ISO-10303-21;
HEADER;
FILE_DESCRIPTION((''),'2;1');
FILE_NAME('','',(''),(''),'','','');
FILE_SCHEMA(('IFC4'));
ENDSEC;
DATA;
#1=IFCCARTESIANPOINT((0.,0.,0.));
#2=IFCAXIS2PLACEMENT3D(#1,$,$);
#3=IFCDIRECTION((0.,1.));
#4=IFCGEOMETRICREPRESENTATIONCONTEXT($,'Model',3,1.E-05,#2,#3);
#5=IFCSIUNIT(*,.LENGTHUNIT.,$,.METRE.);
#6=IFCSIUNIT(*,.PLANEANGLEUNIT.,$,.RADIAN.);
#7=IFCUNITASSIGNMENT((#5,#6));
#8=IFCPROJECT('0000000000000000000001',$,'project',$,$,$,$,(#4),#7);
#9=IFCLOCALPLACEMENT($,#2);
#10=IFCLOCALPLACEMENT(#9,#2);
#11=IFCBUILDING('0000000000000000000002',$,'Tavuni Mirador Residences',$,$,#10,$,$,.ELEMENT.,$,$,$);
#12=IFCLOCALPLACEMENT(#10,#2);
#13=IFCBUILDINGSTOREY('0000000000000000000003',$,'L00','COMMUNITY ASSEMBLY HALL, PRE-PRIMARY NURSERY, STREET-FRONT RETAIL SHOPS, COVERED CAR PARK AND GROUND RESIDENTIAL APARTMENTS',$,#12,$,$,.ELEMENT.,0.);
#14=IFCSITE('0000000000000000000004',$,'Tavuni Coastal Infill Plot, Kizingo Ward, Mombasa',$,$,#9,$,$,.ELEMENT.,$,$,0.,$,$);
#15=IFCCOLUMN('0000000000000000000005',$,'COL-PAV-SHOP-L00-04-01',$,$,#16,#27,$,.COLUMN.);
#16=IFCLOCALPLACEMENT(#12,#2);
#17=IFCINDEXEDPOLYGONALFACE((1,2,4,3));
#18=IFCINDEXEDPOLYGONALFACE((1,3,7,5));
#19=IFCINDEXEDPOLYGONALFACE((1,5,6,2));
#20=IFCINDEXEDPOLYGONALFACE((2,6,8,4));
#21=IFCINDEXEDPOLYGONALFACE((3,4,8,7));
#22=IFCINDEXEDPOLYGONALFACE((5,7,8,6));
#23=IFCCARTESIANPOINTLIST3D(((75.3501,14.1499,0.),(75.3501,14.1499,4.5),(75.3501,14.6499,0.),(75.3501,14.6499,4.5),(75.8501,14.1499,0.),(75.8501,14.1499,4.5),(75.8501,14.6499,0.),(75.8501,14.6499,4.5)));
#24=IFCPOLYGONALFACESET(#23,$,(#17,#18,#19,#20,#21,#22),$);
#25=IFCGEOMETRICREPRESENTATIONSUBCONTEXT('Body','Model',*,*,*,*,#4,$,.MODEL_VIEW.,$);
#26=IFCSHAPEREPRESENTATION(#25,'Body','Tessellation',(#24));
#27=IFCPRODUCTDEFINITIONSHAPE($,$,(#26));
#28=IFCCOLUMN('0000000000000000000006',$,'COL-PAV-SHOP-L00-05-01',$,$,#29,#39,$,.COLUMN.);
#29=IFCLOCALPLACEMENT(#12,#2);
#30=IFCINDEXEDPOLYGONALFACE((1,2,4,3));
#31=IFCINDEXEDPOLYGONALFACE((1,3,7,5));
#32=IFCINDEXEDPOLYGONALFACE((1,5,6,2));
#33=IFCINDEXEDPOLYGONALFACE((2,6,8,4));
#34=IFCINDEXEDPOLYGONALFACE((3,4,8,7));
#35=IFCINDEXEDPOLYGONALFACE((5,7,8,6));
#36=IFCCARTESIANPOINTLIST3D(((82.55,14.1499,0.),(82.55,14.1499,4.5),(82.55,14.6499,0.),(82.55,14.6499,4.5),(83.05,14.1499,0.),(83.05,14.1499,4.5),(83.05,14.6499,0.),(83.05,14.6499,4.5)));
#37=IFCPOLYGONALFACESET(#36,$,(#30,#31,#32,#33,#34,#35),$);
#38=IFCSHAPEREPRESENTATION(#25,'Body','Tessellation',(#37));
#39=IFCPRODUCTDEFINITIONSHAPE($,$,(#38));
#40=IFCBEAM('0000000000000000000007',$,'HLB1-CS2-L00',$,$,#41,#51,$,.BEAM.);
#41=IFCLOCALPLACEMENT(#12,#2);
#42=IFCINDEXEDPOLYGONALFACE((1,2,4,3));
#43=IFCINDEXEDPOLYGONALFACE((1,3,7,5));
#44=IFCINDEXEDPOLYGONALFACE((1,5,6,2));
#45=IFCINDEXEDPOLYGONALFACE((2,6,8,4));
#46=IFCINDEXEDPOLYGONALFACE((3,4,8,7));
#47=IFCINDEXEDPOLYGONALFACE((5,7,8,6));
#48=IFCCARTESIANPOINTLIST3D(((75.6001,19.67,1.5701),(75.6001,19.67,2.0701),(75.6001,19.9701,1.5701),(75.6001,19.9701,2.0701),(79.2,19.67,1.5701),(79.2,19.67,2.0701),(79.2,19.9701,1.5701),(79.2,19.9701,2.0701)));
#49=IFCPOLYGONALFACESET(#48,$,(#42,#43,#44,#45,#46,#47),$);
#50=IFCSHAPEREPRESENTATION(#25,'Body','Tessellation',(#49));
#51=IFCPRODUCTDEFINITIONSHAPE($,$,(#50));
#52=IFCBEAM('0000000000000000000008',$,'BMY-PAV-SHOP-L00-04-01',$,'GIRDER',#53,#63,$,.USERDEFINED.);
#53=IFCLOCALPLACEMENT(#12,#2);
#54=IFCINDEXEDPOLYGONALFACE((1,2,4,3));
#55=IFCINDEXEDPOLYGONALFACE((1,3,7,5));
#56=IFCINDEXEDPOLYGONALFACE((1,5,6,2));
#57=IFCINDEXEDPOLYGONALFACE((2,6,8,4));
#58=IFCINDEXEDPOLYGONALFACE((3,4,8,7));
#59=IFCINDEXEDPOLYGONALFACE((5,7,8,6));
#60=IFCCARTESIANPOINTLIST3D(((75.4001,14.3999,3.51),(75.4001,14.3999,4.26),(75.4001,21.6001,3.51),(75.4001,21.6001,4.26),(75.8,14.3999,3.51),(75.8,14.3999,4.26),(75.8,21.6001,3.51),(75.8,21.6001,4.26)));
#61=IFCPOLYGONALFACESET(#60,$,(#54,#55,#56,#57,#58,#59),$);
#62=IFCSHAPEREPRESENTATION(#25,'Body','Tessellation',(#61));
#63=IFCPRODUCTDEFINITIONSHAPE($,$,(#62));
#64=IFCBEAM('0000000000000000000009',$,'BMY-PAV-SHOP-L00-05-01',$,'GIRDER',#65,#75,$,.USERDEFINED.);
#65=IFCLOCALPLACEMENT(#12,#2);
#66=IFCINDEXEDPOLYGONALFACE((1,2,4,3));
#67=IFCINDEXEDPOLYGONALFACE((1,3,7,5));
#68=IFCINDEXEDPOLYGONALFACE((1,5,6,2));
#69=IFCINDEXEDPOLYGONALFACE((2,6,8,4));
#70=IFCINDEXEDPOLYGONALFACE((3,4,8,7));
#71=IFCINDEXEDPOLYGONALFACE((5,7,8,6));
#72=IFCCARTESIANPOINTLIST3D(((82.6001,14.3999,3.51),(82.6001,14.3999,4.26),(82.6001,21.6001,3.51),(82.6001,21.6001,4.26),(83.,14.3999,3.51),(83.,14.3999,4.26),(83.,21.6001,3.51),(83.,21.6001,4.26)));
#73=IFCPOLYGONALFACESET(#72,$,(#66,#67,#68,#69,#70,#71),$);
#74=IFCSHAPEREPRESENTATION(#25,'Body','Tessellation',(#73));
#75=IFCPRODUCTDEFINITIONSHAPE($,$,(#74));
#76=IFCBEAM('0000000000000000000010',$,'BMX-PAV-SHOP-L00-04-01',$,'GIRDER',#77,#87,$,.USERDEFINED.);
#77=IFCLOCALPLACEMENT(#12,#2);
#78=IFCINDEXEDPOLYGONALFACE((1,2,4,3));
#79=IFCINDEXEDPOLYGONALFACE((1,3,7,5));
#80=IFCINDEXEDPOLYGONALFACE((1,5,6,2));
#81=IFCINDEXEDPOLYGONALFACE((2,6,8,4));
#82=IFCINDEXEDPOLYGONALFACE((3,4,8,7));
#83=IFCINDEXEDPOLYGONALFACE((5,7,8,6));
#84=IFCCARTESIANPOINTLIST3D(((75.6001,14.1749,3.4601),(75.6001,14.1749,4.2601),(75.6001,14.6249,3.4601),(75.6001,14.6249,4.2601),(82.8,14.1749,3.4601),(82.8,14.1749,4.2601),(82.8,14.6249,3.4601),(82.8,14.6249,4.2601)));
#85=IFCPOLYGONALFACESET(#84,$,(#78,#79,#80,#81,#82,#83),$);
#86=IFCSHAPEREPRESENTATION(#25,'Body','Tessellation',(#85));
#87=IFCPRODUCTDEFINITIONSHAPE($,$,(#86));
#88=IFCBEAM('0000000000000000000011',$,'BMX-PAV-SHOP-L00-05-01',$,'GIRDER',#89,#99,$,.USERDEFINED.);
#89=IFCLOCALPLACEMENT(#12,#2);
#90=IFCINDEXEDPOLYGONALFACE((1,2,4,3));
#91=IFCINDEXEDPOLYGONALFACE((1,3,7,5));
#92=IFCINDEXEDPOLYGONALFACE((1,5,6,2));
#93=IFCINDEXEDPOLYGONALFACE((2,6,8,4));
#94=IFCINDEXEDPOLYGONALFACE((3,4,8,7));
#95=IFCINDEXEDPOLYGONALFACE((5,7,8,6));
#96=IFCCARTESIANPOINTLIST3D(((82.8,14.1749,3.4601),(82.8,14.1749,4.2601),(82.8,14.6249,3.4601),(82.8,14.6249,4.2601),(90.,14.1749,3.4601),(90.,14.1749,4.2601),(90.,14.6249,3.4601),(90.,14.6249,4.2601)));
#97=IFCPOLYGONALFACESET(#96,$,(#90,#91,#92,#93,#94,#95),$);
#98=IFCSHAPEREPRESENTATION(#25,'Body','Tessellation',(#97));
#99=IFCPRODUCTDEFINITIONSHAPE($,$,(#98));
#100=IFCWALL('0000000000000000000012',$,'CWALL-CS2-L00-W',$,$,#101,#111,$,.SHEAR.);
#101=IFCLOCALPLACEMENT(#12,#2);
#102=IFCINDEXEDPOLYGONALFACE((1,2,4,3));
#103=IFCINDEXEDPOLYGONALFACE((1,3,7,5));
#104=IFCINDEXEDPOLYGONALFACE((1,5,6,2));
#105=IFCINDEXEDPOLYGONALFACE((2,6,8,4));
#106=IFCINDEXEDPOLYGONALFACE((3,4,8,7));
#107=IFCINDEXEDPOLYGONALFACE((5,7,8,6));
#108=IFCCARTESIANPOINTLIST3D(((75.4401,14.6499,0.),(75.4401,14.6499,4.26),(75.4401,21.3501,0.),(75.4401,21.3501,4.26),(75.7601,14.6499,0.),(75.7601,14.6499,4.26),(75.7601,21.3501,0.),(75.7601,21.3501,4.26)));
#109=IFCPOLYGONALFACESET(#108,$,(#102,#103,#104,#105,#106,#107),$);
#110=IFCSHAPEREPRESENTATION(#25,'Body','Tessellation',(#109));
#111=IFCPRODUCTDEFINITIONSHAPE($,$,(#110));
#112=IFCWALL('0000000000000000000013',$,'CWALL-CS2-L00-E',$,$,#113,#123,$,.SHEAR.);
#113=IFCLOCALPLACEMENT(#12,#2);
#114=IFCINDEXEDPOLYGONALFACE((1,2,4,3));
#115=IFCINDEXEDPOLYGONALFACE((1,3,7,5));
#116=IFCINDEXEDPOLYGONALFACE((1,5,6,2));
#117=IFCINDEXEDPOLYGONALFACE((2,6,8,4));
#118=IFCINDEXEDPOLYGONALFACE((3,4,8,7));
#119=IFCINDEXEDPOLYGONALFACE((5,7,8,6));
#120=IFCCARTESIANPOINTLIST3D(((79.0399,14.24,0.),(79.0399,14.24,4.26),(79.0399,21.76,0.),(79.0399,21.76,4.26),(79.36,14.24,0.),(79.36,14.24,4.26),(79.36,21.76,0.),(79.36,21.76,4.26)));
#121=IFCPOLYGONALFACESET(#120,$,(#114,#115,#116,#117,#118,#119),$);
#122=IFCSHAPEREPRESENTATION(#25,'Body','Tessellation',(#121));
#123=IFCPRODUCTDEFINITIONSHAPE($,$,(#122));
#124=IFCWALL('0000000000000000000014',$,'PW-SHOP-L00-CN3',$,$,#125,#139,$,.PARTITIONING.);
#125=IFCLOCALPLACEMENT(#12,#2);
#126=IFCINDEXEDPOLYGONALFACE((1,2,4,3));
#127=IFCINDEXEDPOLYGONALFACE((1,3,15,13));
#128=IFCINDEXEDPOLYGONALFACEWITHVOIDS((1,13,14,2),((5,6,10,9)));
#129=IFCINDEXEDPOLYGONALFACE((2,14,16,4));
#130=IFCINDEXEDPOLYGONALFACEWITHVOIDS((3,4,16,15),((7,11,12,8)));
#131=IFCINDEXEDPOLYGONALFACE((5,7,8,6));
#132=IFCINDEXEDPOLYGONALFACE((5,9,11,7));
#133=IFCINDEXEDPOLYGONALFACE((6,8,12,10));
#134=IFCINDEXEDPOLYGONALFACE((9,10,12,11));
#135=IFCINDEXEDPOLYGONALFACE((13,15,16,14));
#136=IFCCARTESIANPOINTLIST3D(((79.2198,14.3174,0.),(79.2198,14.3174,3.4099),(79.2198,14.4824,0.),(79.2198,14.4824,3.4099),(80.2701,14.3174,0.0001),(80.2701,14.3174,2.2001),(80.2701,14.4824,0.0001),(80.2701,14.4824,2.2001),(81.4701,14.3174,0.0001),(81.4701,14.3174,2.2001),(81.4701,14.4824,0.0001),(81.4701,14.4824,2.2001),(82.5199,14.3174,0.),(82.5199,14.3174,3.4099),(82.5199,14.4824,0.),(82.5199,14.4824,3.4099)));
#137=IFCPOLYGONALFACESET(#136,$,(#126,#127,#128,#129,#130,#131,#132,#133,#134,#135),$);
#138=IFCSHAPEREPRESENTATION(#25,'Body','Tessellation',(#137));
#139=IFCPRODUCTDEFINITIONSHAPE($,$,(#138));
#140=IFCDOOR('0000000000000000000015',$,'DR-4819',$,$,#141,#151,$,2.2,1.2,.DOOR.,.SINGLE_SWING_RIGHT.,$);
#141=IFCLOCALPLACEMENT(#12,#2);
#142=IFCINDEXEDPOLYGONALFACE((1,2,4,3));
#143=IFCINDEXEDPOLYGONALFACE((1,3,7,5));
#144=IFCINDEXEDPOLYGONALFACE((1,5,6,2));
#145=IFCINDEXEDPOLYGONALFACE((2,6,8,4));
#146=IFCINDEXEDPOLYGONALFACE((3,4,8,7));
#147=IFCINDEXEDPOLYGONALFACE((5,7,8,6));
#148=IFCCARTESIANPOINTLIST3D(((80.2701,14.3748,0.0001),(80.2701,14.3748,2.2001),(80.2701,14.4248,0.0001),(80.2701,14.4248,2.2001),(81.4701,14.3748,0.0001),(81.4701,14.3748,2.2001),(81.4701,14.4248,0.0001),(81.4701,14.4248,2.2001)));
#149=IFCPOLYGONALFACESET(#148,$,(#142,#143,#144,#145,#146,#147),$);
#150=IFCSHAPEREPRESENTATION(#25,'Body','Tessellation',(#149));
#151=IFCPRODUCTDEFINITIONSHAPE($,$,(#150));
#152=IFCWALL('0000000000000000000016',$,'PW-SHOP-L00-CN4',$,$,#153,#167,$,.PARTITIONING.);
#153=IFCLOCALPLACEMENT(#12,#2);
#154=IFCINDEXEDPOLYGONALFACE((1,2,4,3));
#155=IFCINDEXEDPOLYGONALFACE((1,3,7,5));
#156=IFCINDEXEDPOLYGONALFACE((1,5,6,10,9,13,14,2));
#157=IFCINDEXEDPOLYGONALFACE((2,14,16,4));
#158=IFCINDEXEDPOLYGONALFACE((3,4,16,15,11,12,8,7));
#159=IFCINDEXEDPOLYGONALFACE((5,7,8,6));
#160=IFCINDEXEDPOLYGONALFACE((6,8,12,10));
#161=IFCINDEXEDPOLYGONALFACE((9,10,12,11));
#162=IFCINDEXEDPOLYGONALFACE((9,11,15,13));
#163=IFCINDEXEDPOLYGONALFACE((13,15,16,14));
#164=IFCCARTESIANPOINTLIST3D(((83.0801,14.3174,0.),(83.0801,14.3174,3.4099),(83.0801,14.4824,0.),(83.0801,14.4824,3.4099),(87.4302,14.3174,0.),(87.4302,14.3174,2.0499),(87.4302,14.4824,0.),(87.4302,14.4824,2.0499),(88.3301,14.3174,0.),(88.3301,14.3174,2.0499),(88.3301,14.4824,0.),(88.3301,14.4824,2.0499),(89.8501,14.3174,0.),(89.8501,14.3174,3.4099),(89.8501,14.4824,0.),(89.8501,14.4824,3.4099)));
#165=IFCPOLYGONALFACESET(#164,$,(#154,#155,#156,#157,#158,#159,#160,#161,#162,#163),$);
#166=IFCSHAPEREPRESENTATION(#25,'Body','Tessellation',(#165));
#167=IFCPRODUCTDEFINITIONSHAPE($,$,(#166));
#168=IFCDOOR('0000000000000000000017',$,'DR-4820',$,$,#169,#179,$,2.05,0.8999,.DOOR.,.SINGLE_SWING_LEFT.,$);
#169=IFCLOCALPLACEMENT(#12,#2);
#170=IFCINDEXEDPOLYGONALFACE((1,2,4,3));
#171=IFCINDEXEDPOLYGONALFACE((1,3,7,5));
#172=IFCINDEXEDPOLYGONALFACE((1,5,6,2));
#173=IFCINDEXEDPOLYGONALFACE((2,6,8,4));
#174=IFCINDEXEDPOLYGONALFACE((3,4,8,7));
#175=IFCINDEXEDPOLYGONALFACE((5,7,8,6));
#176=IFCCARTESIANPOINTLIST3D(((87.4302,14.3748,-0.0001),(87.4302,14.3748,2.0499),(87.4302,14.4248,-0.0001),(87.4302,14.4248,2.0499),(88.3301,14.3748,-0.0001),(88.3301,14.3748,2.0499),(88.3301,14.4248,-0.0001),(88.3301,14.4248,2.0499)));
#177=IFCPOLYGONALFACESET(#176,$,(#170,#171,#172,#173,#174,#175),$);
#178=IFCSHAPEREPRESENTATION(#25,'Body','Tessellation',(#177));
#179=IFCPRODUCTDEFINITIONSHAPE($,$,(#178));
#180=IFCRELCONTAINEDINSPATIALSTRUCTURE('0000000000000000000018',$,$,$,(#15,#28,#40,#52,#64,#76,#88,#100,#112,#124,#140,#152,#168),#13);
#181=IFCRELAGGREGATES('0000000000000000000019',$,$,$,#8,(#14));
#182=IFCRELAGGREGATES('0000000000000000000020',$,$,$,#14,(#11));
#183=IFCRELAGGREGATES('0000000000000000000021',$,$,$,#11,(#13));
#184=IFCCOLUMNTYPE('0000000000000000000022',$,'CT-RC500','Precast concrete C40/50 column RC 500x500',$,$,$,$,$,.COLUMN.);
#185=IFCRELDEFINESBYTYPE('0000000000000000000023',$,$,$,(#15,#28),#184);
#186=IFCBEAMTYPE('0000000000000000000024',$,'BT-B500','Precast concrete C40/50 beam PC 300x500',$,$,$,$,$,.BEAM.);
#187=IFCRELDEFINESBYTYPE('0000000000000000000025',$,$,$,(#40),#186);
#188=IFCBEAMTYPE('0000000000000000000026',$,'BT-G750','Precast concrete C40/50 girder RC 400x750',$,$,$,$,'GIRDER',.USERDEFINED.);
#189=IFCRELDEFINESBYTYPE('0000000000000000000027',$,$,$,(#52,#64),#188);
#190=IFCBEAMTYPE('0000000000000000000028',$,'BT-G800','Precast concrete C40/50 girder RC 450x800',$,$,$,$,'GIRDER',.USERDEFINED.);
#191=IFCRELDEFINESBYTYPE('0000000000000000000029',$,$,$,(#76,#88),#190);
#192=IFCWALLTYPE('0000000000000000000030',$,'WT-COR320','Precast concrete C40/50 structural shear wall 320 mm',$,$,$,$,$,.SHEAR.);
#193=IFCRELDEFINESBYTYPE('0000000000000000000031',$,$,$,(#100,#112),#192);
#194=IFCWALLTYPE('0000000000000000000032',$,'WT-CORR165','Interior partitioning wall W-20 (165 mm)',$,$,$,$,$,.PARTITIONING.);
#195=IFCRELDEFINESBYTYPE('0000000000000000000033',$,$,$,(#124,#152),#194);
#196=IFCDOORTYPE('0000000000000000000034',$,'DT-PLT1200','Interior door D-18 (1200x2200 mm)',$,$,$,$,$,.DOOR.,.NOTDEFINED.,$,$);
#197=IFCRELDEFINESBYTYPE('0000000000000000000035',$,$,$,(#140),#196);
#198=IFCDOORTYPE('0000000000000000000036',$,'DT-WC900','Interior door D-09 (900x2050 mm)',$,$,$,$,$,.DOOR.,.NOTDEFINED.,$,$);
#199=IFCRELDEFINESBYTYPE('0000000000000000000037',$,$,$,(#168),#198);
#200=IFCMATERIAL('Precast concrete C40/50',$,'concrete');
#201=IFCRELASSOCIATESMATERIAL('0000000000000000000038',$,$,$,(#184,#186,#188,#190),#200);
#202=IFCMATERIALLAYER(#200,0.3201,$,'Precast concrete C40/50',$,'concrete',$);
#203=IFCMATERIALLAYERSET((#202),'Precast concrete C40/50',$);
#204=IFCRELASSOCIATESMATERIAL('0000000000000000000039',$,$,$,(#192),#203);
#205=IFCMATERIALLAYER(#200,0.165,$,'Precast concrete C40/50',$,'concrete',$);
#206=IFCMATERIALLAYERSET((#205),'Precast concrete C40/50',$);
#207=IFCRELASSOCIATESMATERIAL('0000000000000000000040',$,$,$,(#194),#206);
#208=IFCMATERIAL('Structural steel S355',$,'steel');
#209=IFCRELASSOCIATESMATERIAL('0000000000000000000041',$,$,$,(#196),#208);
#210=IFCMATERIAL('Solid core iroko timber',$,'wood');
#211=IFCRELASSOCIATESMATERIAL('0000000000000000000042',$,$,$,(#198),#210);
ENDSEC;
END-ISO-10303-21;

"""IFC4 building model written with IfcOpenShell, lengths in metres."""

from ifc_helpers import new_model, si_unit, direction, frame, frame_2d, origin, origin_2d, place, context, subcontext, project, spatial, rectangle, extrude, material, layer, layer_set, material_profile, profile_set, type_object, element, fill, save


model = new_model("IFC4")

# Units and contexts
model_context = context("Model", 3, precision=1e-05, world=origin(), true_north=direction((0.0, 1.0)))
body_context = subcontext(model_context, "Body", "Model", "MODEL_VIEW")
ifc_project = project(units=[si_unit("LENGTHUNIT", "METRE"), si_unit("PLANEANGLEUNIT", "RADIAN")], contexts=[model_context])

# Site, building, storey
site_placement = place(None, origin())
site = spatial("IfcSite", under=ifc_project, at=site_placement, Name="Tavuni Coastal Infill Plot, Kizingo Ward, Mombasa", CompositionType="ELEMENT", RefElevation=0.0)
building_placement = place(site_placement, origin())
building = spatial("IfcBuilding", under=site, at=building_placement, Name="Tavuni Mirador Residences", CompositionType="ELEMENT")
storey_placement = place(building_placement, origin())
storey = spatial("IfcBuildingStorey", under=building, at=storey_placement, Name="L00", Description="COMMUNITY ASSEMBLY HALL, PRE-PRIMARY NURSERY, STREET-FRONT RETAIL SHOPS, COVERED CAR PARK AND GROUND RESIDENTIAL APARTMENTS", CompositionType="ELEMENT", Elevation=0.0)

# Columns
ifc_material_1 = material(Name="Precast concrete C40/50", Category="concrete")
ifc_material_profile_1 = material_profile(ifc_material_1, rectangle(XDim=0.5, YDim=0.5, at=origin_2d()), Name="RC 500x500", Category="concrete")
ifc_profile_set_1 = profile_set([ifc_material_profile_1], Name="Precast concrete C40/50")
column_type = type_object("IfcColumnType", Name="CT-RC500", Description="Precast concrete C40/50 column RC 500x500", PredefinedType="COLUMN", material=ifc_profile_set_1)
for number, where, z_axis, x_axis, name in (
    (1, (75.6001, 14.3999, 0.0), (0.0, 0.0, 1.0), (1.0, 0.0, 0.0), "COL-PAV-SHOP-L00-04-01"),
    (2, (82.8, 14.3999, 0.0), (0.0, 0.0, 1.0), (1.0, 0.0, 0.0), "COL-PAV-SHOP-L00-05-01"),
):
    element("IfcColumn", number, at=place(storey_placement, frame(where, z_axis=z_axis, x_axis=x_axis)), inside=storey, type_object=column_type, Name=name, PredefinedType="COLUMN", context=body_context, shape_type="SweptSolid", body=[
        extrude(rectangle(XDim=0.5, YDim=0.5, at=origin_2d()), origin(), (0.0, 0.0, 1.0), 4.5),
    ])

# Beams
ifc_material_profile_2 = material_profile(ifc_material_1, rectangle(XDim=0.3, YDim=0.5, at=origin_2d()), Name="PC 300x500", Category="concrete")
ifc_profile_set_2 = profile_set([ifc_material_profile_2], Name="Precast concrete C40/50")
beam_type_1 = type_object("IfcBeamType", Name="BT-B500", Description="Precast concrete C40/50 beam PC 300x500", PredefinedType="BEAM", material=ifc_profile_set_2)
beam_placement = place(storey_placement, frame((75.6001, 19.8201, 1.8201), z_axis=(1.0, 0.0, 0.0), x_axis=(0.0, 1.0, 0.0)))
element("IfcBeam", 3, at=beam_placement, inside=storey, type_object=beam_type_1, Name="HLB1-CS2-L00", PredefinedType="BEAM", context=body_context, shape_type="SweptSolid", body=[
    extrude(rectangle(XDim=0.3, YDim=0.5, at=origin_2d()), origin(), (0.0, 0.0, 1.0), 3.5999),
])
ifc_material_profile_3 = material_profile(ifc_material_1, rectangle(XDim=0.3999, YDim=0.75, at=origin_2d()), Name="RC 400x750", Category="concrete")
ifc_profile_set_3 = profile_set([ifc_material_profile_3], Name="Precast concrete C40/50")
beam_type_2 = type_object("IfcBeamType", Name="BT-G750", Description="Precast concrete C40/50 girder RC 400x750", ElementType="GIRDER", PredefinedType="USERDEFINED", material=ifc_profile_set_3)
for number, where, z_axis, x_axis, name in (
    (4, (75.6001, 14.3999, 3.885), (0.0, 1.0, 0.0), (-1.0, 0.0, 0.0), "BMY-PAV-SHOP-L00-04-01"),
    (5, (82.8, 14.3999, 3.885), (0.0, 1.0, 0.0), (-1.0, 0.0, 0.0), "BMY-PAV-SHOP-L00-05-01"),
):
    element("IfcBeam", number, at=place(storey_placement, frame(where, z_axis=z_axis, x_axis=x_axis)), inside=storey, type_object=beam_type_2, Name=name, ObjectType="GIRDER", PredefinedType="USERDEFINED", context=body_context, shape_type="SweptSolid", body=[
        extrude(rectangle(XDim=0.3999, YDim=0.75, at=origin_2d()), origin(), (0.0, 0.0, 1.0), 7.2002),
    ])
ifc_material_profile_4 = material_profile(ifc_material_1, rectangle(XDim=0.45, YDim=0.8, at=origin_2d()), Name="RC 450x800", Category="concrete")
ifc_profile_set_4 = profile_set([ifc_material_profile_4], Name="Precast concrete C40/50")
beam_type_3 = type_object("IfcBeamType", Name="BT-G800", Description="Precast concrete C40/50 girder RC 450x800", ElementType="GIRDER", PredefinedType="USERDEFINED", material=ifc_profile_set_4)
for number, where, z_axis, x_axis, name in (
    (6, (75.6001, 14.3999, 3.8601), (1.0, 0.0, 0.0), (0.0, 1.0, 0.0), "BMX-PAV-SHOP-L00-04-01"),
    (7, (82.8, 14.3999, 3.8601), (1.0, 0.0, 0.0), (0.0, 1.0, 0.0), "BMX-PAV-SHOP-L00-05-01"),
):
    element("IfcBeam", number, at=place(storey_placement, frame(where, z_axis=z_axis, x_axis=x_axis)), inside=storey, type_object=beam_type_3, Name=name, ObjectType="GIRDER", PredefinedType="USERDEFINED", context=body_context, shape_type="SweptSolid", body=[
        extrude(rectangle(XDim=0.45, YDim=0.8, at=origin_2d()), origin(), (0.0, 0.0, 1.0), 7.2),
    ])

# Walls
ifc_layer_1 = layer(ifc_material_1, 0.3201, Name="Precast concrete C40/50", Category="concrete")
ifc_layer_set_1 = layer_set([ifc_layer_1], Name="Precast concrete C40/50")
wall_type_1 = type_object("IfcWallType", Name="WT-COR320", Description="Precast concrete C40/50 structural shear wall 320 mm", PredefinedType="SHEAR", material=ifc_layer_set_1)
wall_1_placement = place(storey_placement, frame((75.6001, 14.6499, 0.0), z_axis=(0.0, 0.0, 1.0), x_axis=(0.0, 1.0, 0.0)))
element("IfcWall", 8, at=wall_1_placement, inside=storey, type_object=wall_type_1, Name="CWALL-CS2-L00-W", PredefinedType="SHEAR", context=body_context, shape_type="SweptSolid", body=[
    extrude(rectangle(XDim=6.7002, YDim=0.3201, at=frame_2d((3.3501, 0.0))), origin(), (0.0, 0.0, 1.0), 4.26),
])
wall_2_placement = place(storey_placement, frame((79.2, 14.24, 0.0), z_axis=(0.0, 0.0, 1.0), x_axis=(0.0, 1.0, 0.0)))
element("IfcWall", 9, at=wall_2_placement, inside=storey, type_object=wall_type_1, Name="CWALL-CS2-L00-E", PredefinedType="SHEAR", context=body_context, shape_type="SweptSolid", body=[
    extrude(rectangle(XDim=7.52, YDim=0.3201, at=frame_2d((3.76, 0.0))), origin(), (0.0, 0.0, 1.0), 4.26),
])

# Walls, openings, doors
ifc_material_2 = material(Name="Solid core iroko timber", Category="wood")
ifc_layer_2 = layer(ifc_material_1, 0.165, Name="Precast concrete C40/50", Category="concrete")
ifc_layer_set_2 = layer_set([ifc_layer_2], Name="Precast concrete C40/50")
wall_type_2 = type_object("IfcWallType", Name="WT-CORR165", Description="Interior partitioning wall W-20 (165 mm)", PredefinedType="PARTITIONING", material=ifc_layer_set_2)
wall_3_placement = place(storey_placement, frame((79.22, 14.3999, 0.0), z_axis=(0.0, 0.0, 1.0), x_axis=(1.0, 0.0, 0.0)))
wall_3 = element("IfcWall", 10, at=wall_3_placement, inside=storey, type_object=wall_type_2, Name="PW-SHOP-L00-CN3", PredefinedType="PARTITIONING", context=body_context, shape_type="SweptSolid", body=[
    extrude(rectangle(XDim=3.3, YDim=0.165, at=frame_2d((1.6499, 0.0))), origin(), (0.0, 0.0, 1.0), 3.4099),
])
opening_1_placement = place(wall_3_placement, frame((1.05, 0.0, 0.0)))
opening_1 = element("IfcOpeningElement", 11, at=opening_1_placement, cuts=wall_3, PredefinedType="OPENING", context=body_context, shape_type="SweptSolid", body=[
    extrude(rectangle(XDim=1.2, YDim=2.2, at=frame_2d((0.6001, 1.1001))), frame((0.0, 0.0925, 0.0), z_axis=(0.0, -1.0, 0.0), x_axis=(1.0, 0.0, 0.0)), (0.0, 0.0, 1.0), 0.1851),
])
ifc_material_3 = material(Name="Structural steel S355", Category="steel")
door_type_1 = type_object("IfcDoorType", Name="DT-PLT1200", Description="Interior door D-18 (1200x2200 mm)", OperationType="NOTDEFINED", PredefinedType="DOOR", material=ifc_material_3)
door_1_placement = place(opening_1_placement, origin())
door_1 = element("IfcDoor", 12, at=door_1_placement, inside=storey, type_object=door_type_1, Name="DR-4819", OperationType="SINGLE_SWING_RIGHT", OverallHeight=2.2, OverallWidth=1.2, PredefinedType="DOOR", context=body_context, shape_type="SweptSolid", body=[
    extrude(rectangle(XDim=1.2, YDim=2.2, at=frame_2d((0.6001, 1.1001))), frame((0.0, 0.0249, 0.0), z_axis=(0.0, -1.0, 0.0), x_axis=(1.0, 0.0, 0.0)), (0.0, 0.0, 1.0), 0.05),
])
fill(opening_1, door_1)
wall_4_placement = place(storey_placement, frame((83.0801, 14.3999, 0.0), z_axis=(0.0, 0.0, 1.0), x_axis=(1.0, 0.0, 0.0)))
wall_4 = element("IfcWall", 13, at=wall_4_placement, inside=storey, type_object=wall_type_2, Name="PW-SHOP-L00-CN4", PredefinedType="PARTITIONING", context=body_context, shape_type="SweptSolid", body=[
    extrude(rectangle(XDim=6.77, YDim=0.165, at=frame_2d((3.385, 0.0))), origin(), (0.0, 0.0, 1.0), 3.4099),
])
opening_2_placement = place(wall_4_placement, frame((4.3501, 0.0, 0.0)))
opening_2 = element("IfcOpeningElement", 14, at=opening_2_placement, cuts=wall_4, PredefinedType="OPENING", context=body_context, shape_type="SweptSolid", body=[
    extrude(rectangle(XDim=0.8999, YDim=2.05, at=frame_2d((0.45, 1.0249))), frame((0.0, 0.0925, 0.0), z_axis=(0.0, -1.0, 0.0), x_axis=(1.0, 0.0, 0.0)), (0.0, 0.0, 1.0), 0.1851),
])
door_type_2 = type_object("IfcDoorType", Name="DT-WC900", Description="Interior door D-09 (900x2050 mm)", OperationType="NOTDEFINED", PredefinedType="DOOR", material=ifc_material_2)
door_2_placement = place(opening_2_placement, origin())
door_2 = element("IfcDoor", 15, at=door_2_placement, inside=storey, type_object=door_type_2, Name="DR-4820", OperationType="SINGLE_SWING_LEFT", OverallHeight=2.05, OverallWidth=0.8999, PredefinedType="DOOR", context=body_context, shape_type="SweptSolid", body=[
    extrude(rectangle(XDim=0.8999, YDim=2.05, at=frame_2d((0.45, 1.0249))), frame((0.0, 0.0249, 0.0), z_axis=(0.0, -1.0, 0.0), x_axis=(1.0, 0.0, 0.0)), (0.0, 0.0, 1.0), 0.05),
])
fill(opening_2, door_2)

save(model, "model.ifc")
